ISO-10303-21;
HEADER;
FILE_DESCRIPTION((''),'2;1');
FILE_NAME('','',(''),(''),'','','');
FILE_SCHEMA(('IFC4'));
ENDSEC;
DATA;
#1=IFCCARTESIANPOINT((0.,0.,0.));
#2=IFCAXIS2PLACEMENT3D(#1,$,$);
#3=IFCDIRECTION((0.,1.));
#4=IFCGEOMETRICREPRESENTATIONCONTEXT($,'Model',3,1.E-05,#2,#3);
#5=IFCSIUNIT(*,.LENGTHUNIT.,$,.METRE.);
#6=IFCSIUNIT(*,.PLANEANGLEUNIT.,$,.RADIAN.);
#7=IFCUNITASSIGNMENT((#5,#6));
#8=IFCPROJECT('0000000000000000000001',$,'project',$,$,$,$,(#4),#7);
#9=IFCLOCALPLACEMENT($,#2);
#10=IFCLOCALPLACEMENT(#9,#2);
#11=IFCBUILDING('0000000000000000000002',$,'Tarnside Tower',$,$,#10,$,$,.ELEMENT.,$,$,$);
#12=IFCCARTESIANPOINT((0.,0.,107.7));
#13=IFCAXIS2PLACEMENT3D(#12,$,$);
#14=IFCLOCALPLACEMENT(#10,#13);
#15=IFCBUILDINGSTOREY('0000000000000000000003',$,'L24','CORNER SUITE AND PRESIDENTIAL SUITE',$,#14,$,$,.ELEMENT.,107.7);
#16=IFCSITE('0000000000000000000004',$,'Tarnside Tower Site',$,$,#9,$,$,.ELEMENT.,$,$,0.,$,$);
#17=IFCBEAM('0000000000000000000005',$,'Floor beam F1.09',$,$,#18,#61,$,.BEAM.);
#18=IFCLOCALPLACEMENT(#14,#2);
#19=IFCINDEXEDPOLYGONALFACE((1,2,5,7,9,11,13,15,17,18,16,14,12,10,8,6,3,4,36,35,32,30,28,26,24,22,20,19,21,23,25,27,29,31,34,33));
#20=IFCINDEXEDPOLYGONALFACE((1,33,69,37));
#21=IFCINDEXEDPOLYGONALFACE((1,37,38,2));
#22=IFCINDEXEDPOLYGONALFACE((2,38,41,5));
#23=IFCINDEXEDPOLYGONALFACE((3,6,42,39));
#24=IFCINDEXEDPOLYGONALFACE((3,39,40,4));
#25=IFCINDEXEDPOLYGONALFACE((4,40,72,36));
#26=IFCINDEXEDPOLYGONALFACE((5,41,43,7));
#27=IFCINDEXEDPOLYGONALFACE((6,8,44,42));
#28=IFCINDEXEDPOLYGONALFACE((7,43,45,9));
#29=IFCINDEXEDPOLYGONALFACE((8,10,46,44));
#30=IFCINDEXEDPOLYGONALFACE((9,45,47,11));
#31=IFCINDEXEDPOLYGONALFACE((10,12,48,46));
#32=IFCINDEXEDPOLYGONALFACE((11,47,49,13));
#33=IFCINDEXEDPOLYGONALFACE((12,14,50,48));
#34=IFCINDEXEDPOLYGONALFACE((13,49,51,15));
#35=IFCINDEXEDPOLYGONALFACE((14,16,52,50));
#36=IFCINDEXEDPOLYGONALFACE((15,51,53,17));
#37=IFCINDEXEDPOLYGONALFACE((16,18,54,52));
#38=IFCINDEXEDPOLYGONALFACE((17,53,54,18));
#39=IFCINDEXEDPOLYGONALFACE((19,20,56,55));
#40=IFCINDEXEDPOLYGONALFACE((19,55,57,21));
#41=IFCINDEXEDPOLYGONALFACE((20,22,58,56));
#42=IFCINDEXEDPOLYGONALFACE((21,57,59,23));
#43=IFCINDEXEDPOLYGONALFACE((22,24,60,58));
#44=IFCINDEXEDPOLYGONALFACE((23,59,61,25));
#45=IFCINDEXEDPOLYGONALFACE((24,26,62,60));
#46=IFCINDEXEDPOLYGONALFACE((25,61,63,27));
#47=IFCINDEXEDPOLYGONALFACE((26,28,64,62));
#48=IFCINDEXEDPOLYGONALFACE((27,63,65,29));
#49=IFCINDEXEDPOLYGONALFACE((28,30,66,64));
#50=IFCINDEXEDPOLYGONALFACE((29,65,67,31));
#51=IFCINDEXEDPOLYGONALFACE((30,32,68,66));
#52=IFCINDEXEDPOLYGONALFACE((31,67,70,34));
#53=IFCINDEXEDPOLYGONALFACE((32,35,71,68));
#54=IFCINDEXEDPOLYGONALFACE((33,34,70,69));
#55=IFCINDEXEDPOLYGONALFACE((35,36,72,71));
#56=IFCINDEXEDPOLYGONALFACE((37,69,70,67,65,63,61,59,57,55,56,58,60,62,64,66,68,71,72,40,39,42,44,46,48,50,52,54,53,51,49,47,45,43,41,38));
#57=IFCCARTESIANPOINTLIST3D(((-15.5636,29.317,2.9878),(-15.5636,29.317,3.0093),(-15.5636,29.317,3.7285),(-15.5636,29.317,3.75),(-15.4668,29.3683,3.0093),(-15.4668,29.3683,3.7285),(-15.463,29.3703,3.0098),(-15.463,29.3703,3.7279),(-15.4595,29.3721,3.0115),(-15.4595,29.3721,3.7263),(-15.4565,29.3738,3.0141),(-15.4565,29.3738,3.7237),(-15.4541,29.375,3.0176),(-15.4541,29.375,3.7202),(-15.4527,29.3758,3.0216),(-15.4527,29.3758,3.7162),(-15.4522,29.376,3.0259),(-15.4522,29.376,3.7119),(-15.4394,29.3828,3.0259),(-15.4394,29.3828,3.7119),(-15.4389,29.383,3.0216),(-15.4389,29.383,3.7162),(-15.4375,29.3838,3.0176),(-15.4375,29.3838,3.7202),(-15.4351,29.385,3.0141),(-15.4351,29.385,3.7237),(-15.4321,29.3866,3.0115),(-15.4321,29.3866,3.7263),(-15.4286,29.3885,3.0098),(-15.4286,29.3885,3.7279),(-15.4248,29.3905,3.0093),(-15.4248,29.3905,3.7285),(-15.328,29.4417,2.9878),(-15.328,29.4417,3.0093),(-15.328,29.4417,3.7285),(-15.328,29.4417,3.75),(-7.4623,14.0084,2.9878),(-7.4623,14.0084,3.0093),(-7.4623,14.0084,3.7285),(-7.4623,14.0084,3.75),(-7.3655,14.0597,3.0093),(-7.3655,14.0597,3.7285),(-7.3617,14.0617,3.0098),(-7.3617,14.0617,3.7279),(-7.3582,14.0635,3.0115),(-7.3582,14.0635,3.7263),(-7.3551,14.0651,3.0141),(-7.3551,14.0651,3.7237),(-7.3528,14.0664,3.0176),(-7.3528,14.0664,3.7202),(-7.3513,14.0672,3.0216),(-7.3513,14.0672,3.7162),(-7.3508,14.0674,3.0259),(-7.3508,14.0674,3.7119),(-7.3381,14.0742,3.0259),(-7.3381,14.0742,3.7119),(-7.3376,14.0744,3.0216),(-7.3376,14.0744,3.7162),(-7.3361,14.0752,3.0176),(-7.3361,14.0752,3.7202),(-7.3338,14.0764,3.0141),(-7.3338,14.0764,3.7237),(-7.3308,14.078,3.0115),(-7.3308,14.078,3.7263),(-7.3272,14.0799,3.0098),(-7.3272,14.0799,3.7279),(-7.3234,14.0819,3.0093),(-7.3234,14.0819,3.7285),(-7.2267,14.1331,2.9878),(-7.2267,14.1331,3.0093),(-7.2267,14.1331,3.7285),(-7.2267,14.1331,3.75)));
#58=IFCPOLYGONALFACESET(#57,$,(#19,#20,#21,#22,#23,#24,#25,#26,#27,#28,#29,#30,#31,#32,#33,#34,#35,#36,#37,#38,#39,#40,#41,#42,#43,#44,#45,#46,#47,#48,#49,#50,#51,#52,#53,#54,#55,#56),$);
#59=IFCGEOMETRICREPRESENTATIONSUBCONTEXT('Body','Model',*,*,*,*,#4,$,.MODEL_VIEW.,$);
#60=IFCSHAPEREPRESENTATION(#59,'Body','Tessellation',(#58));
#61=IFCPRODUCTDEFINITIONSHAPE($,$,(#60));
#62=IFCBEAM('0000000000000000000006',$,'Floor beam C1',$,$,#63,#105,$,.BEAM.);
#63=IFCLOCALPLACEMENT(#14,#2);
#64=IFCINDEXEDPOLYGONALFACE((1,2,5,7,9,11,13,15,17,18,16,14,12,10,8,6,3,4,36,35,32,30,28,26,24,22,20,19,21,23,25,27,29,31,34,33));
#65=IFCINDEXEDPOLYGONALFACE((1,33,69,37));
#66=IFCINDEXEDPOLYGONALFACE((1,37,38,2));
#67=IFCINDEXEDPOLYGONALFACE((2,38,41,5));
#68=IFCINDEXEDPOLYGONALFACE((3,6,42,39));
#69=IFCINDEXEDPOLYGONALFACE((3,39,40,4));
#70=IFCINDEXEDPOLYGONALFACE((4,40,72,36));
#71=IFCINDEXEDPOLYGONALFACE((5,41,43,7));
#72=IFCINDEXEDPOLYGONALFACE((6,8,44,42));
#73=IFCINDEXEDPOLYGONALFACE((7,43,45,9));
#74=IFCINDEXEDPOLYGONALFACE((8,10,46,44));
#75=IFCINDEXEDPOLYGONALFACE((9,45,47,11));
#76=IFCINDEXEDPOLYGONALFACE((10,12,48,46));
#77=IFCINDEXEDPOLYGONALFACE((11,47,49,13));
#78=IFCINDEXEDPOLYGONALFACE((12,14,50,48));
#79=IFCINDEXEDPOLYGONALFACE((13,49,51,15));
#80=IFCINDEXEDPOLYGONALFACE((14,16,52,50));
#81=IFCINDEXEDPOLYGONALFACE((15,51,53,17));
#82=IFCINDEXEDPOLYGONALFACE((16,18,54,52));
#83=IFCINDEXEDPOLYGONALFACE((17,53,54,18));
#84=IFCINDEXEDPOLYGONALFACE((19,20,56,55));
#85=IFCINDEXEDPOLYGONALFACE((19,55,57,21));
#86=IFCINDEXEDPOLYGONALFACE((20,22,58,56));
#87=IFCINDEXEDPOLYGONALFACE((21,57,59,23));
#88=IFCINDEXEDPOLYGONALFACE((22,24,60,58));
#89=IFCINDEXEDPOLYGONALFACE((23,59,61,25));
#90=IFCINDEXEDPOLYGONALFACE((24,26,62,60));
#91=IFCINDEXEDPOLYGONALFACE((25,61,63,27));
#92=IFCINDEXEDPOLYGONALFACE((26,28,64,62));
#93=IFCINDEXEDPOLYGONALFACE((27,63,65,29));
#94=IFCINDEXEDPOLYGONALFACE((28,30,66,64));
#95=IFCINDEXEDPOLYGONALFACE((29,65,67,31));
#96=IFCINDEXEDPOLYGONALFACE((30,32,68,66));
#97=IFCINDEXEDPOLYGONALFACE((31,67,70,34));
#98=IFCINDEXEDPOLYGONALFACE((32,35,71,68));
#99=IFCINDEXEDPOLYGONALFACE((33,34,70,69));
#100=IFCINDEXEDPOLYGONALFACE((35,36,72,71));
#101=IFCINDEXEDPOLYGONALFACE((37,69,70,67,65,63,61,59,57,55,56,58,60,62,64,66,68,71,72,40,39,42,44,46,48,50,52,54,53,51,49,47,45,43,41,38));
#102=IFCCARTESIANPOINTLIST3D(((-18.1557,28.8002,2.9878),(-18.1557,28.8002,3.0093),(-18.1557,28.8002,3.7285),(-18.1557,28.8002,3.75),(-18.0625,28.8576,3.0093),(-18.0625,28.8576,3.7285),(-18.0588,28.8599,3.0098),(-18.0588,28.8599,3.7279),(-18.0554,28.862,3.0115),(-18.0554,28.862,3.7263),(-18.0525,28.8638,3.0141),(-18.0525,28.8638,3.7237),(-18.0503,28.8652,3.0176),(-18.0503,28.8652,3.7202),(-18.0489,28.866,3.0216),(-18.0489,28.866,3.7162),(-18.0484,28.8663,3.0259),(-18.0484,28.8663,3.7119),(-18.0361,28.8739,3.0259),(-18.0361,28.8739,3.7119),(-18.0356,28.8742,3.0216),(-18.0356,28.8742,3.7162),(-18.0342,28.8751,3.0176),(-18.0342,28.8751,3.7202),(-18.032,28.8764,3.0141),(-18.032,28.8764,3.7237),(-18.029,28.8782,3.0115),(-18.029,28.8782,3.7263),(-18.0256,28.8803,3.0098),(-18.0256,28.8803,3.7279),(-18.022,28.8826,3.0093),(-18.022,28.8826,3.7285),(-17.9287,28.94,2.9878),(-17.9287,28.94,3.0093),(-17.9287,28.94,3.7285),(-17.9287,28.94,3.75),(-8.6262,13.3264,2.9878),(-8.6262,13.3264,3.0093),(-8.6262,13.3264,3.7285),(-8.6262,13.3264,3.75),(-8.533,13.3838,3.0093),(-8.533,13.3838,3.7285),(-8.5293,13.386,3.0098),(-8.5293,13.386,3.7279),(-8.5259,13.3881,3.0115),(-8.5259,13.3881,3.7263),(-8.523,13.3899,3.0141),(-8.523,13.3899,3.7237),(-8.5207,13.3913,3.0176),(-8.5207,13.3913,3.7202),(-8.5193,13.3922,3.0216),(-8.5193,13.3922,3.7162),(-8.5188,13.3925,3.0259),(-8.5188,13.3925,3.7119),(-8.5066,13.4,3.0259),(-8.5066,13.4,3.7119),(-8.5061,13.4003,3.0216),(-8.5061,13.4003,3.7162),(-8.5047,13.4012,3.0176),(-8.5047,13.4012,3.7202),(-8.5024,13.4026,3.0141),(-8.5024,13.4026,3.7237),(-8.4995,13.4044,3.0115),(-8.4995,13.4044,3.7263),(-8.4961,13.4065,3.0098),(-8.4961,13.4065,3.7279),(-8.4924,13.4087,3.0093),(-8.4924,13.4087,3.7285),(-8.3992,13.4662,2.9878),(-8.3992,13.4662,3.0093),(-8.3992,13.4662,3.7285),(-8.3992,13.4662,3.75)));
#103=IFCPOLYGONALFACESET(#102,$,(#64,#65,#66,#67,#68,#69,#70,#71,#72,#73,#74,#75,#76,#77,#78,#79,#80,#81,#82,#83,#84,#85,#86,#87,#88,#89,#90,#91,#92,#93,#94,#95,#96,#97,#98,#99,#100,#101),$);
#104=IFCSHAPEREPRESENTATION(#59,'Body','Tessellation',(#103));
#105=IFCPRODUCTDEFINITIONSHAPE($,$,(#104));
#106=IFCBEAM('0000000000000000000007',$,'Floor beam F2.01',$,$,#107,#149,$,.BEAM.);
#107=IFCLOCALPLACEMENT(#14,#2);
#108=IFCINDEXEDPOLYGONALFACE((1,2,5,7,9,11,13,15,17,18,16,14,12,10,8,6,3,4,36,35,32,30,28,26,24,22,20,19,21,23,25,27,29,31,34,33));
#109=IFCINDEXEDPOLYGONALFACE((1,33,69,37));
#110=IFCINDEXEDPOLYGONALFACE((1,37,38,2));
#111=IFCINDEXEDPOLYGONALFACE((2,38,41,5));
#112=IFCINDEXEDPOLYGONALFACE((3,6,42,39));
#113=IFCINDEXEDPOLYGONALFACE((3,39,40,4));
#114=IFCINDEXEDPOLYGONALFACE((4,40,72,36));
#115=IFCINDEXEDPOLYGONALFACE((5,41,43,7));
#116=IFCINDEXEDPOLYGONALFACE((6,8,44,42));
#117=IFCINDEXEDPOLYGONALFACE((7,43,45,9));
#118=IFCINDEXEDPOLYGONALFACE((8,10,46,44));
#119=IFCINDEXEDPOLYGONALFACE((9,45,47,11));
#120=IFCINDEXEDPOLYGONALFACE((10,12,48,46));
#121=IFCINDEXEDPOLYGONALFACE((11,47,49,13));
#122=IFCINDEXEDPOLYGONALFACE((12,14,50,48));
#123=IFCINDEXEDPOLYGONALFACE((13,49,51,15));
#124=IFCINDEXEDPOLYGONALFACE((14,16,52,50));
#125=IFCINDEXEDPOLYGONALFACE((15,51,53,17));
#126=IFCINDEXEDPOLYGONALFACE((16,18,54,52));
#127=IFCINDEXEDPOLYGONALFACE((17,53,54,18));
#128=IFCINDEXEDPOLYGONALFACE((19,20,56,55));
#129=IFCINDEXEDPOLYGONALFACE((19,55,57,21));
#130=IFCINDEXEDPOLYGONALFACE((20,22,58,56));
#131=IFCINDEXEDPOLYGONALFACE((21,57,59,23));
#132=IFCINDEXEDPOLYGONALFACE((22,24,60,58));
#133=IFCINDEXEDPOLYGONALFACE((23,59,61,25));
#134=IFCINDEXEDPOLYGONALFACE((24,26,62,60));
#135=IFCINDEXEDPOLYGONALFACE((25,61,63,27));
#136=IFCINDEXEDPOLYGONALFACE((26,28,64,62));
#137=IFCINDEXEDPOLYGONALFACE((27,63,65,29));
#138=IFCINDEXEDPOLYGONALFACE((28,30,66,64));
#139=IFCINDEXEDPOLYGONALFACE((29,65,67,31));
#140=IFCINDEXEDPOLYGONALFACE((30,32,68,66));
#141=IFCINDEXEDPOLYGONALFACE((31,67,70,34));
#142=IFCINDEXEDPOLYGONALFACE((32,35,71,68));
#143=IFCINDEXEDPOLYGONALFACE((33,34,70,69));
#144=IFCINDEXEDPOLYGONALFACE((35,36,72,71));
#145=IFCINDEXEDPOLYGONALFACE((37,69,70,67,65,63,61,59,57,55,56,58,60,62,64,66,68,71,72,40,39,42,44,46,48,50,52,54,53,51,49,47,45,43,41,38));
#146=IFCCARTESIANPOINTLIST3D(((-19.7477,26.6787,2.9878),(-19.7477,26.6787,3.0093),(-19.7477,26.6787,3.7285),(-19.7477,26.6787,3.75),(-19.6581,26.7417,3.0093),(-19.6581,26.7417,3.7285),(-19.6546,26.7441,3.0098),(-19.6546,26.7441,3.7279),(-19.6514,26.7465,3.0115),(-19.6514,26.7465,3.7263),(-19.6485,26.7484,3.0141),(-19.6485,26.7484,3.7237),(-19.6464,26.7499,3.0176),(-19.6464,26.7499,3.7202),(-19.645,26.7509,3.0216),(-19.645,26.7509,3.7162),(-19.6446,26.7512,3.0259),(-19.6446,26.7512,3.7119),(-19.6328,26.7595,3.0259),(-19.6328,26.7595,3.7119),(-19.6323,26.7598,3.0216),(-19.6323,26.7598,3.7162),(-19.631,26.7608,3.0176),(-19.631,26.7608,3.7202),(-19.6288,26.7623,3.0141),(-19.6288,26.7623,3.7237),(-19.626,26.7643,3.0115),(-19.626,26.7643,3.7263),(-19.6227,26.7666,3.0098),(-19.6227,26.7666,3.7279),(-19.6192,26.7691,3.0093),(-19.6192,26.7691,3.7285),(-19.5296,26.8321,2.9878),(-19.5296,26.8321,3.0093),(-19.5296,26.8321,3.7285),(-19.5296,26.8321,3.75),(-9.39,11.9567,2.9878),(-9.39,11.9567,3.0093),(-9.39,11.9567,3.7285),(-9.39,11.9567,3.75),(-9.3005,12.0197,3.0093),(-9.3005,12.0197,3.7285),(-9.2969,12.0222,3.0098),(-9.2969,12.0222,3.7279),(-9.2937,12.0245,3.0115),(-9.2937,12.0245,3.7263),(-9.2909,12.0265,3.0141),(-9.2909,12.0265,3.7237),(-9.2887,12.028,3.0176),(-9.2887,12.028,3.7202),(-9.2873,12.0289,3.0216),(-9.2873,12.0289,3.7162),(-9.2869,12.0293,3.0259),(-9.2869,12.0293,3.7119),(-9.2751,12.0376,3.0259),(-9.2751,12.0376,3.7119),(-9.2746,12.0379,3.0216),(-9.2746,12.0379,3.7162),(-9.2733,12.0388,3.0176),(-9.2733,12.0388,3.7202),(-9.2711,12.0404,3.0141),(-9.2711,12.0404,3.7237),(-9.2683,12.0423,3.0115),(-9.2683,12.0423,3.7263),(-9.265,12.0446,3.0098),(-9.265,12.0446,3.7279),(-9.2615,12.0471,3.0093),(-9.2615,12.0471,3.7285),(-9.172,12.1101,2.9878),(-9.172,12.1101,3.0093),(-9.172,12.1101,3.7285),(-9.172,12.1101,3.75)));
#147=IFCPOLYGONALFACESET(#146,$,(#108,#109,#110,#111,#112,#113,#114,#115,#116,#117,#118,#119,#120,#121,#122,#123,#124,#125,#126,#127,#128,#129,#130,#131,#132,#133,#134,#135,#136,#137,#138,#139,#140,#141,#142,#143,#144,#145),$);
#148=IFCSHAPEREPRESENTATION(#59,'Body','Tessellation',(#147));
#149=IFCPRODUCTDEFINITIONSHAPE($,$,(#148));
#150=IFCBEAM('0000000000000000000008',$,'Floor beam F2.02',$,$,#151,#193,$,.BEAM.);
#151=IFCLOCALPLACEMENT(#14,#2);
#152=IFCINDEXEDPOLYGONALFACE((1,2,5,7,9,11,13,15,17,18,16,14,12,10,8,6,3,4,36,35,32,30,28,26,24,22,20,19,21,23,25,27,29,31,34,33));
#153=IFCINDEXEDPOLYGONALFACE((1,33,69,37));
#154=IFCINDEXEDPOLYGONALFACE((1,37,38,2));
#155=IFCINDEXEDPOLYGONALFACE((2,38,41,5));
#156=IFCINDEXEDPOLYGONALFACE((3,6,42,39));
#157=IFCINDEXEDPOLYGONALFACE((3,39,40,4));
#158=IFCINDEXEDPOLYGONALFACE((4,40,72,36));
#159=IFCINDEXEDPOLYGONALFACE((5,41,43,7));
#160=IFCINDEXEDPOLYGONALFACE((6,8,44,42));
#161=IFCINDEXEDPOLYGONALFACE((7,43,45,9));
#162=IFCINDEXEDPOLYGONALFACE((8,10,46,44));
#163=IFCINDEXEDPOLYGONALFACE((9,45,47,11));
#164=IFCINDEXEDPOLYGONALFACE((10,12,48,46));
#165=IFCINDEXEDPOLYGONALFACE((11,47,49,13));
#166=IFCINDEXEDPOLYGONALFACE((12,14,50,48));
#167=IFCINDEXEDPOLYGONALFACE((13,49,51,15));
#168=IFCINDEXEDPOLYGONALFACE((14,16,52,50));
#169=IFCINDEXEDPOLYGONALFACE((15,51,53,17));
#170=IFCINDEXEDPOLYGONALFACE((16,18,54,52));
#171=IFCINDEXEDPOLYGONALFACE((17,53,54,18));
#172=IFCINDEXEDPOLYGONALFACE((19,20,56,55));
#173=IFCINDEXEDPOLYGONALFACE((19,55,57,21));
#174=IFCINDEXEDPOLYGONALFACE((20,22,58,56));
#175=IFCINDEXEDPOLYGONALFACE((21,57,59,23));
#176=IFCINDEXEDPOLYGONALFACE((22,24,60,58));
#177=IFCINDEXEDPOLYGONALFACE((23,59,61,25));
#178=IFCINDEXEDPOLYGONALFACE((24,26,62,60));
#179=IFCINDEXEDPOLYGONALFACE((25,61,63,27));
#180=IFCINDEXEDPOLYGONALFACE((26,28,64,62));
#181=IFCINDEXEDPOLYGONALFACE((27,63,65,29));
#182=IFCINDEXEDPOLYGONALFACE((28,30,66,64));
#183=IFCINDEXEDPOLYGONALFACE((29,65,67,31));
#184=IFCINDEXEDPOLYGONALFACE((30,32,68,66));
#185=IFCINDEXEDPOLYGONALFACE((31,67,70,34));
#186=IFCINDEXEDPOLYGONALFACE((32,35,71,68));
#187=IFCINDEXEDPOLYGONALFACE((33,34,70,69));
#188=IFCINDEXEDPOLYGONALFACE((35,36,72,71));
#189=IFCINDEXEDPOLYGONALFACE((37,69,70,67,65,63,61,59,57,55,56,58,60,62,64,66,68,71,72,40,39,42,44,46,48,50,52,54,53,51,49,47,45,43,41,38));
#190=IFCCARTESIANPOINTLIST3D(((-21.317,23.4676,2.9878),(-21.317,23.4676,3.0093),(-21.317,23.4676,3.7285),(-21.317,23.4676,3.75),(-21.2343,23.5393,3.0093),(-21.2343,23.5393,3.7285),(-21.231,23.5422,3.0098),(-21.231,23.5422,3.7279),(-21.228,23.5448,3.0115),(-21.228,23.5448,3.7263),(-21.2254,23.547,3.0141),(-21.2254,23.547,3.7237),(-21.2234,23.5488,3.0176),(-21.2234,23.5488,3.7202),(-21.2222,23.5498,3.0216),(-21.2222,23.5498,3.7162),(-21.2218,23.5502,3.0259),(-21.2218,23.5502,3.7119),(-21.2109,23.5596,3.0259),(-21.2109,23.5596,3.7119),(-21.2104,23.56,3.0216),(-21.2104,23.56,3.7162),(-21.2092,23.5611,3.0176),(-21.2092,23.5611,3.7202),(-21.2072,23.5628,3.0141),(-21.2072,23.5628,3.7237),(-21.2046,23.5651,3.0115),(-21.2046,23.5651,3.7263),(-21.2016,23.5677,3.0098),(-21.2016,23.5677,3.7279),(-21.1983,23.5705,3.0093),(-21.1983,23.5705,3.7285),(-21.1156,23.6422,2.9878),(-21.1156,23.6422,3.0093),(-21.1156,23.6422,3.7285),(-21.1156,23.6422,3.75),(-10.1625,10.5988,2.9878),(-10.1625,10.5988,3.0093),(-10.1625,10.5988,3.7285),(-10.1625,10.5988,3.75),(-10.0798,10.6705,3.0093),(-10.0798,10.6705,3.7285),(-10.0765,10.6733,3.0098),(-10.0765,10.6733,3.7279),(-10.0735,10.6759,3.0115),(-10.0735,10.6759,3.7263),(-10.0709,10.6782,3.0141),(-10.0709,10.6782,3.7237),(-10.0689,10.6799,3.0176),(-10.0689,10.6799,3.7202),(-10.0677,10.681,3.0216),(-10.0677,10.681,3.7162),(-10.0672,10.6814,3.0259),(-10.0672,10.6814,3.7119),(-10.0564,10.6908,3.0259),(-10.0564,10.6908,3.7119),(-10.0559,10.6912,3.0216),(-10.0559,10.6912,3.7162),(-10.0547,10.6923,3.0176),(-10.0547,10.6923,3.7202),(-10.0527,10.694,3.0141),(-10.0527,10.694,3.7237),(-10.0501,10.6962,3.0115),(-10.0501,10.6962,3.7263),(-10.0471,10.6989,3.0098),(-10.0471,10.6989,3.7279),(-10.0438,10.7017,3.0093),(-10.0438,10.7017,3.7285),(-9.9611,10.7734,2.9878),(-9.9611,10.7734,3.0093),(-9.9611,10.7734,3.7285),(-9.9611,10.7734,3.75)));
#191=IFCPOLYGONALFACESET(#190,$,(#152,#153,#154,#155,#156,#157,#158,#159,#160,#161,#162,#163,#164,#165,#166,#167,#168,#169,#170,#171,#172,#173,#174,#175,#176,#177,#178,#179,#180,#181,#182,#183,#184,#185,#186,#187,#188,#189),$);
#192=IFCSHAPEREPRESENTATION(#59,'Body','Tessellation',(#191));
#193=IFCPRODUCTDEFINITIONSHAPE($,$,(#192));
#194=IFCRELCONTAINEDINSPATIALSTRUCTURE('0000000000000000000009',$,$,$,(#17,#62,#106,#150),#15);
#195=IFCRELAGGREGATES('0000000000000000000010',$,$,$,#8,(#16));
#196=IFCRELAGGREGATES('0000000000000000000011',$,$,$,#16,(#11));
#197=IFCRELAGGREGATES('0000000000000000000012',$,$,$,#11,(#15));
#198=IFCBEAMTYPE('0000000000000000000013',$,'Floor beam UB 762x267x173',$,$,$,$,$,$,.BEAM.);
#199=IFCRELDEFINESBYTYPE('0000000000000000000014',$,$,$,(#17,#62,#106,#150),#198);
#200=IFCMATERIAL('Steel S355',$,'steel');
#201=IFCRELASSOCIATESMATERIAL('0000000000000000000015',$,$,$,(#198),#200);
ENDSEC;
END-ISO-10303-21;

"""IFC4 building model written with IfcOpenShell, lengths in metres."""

from ifc_helpers import new_model, si_unit, direction, frame, origin, origin_2d, place, context, subcontext, project, spatial, i_section, extrude, material, material_profile, profile_set, type_object, element, save


model = new_model("IFC4")

# Units and contexts
model_context = context("Model", 3, precision=1e-05, world=origin(), true_north=direction((0.0, 1.0)))
body_context = subcontext(model_context, "Body", "Model", "MODEL_VIEW")
ifc_project = project(units=[si_unit("LENGTHUNIT", "METRE"), si_unit("PLANEANGLEUNIT", "RADIAN")], contexts=[model_context])

# Site, building, storey
site_placement = place(None, origin())
site = spatial("IfcSite", under=ifc_project, at=site_placement, Name="Tarnside Tower Site", CompositionType="ELEMENT", RefElevation=0.0)
building_placement = place(site_placement, origin())
building = spatial("IfcBuilding", under=site, at=building_placement, Name="Tarnside Tower", CompositionType="ELEMENT")
storey_placement = place(building_placement, frame((0.0, 0.0, 107.7)))
storey = spatial("IfcBuildingStorey", under=building, at=storey_placement, Name="L24", Description="CORNER SUITE AND PRESIDENTIAL SUITE", CompositionType="ELEMENT", Elevation=107.7)

# Beams
ifc_material_1 = material(Name="Steel S355", Category="steel")
ifc_material_profile = material_profile(ifc_material_1, i_section(OverallWidth=0.2666, OverallDepth=0.7622, WebThickness=0.0144, FlangeThickness=0.0215, FilletRadius=0.0166, at=origin_2d()), Name="UB 762x267x173")
ifc_profile_set = profile_set([ifc_material_profile], Name="Steel S355")
beam_type = type_object("IfcBeamType", Name="Floor beam UB 762x267x173", PredefinedType="BEAM", material=ifc_profile_set)
beam_1_placement = place(storey_placement, frame((-15.4458, 29.3794, 3.3689), z_axis=(0.467742, -0.883865, 0.0), x_axis=(0.883865, 0.467742, 0.0)))
element("IfcBeam", 1, at=beam_1_placement, inside=storey, type_object=beam_type, Name="Floor beam F1.09", PredefinedType="BEAM", context=body_context, shape_type="SweptSolid", body=[
    extrude(i_section(OverallWidth=0.2666, OverallDepth=0.7622, WebThickness=0.0144, FlangeThickness=0.0215, FilletRadius=0.0166, at=origin_2d()), origin(), (0.0, 0.0, 1.0), 17.3201),
])
beam_2_placement = place(storey_placement, frame((-18.0422, 28.8701, 3.3689), z_axis=(0.524383, -0.851483, 0.0), x_axis=(0.851483, 0.524383, 0.0)))
element("IfcBeam", 2, at=beam_2_placement, inside=storey, type_object=beam_type, Name="Floor beam C1", PredefinedType="BEAM", context=body_context, shape_type="SweptSolid", body=[
    extrude(i_section(OverallWidth=0.2666, OverallDepth=0.7622, WebThickness=0.0144, FlangeThickness=0.0215, FilletRadius=0.0166, at=origin_2d()), origin(), (0.0, 0.0, 1.0), 18.1729),
])
beam_3_placement = place(storey_placement, frame((-19.6387, 26.7554, 3.3689), z_axis=(0.575411, -0.817864, 0.0), x_axis=(0.817864, 0.575411, 0.0)))
element("IfcBeam", 3, at=beam_3_placement, inside=storey, type_object=beam_type, Name="Floor beam F2.01", PredefinedType="BEAM", context=body_context, shape_type="SweptSolid", body=[
    extrude(i_section(OverallWidth=0.2666, OverallDepth=0.7622, WebThickness=0.0144, FlangeThickness=0.0215, FilletRadius=0.0166, at=origin_2d()), origin(), (0.0, 0.0, 1.0), 18.0005),
])
beam_4_placement = place(storey_placement, frame((-21.2163, 23.5549, 3.3689), z_axis=(0.654981, -0.755646, 0.0), x_axis=(0.755646, 0.654981, 0.0)))
element("IfcBeam", 4, at=beam_4_placement, inside=storey, type_object=beam_type, Name="Floor beam F2.02", PredefinedType="BEAM", context=body_context, shape_type="SweptSolid", body=[
    extrude(i_section(OverallWidth=0.2666, OverallDepth=0.7622, WebThickness=0.0144, FlangeThickness=0.0215, FilletRadius=0.0166, at=origin_2d()), origin(), (0.0, 0.0, 1.0), 17.0303),
])

save(model, "model.ifc")
